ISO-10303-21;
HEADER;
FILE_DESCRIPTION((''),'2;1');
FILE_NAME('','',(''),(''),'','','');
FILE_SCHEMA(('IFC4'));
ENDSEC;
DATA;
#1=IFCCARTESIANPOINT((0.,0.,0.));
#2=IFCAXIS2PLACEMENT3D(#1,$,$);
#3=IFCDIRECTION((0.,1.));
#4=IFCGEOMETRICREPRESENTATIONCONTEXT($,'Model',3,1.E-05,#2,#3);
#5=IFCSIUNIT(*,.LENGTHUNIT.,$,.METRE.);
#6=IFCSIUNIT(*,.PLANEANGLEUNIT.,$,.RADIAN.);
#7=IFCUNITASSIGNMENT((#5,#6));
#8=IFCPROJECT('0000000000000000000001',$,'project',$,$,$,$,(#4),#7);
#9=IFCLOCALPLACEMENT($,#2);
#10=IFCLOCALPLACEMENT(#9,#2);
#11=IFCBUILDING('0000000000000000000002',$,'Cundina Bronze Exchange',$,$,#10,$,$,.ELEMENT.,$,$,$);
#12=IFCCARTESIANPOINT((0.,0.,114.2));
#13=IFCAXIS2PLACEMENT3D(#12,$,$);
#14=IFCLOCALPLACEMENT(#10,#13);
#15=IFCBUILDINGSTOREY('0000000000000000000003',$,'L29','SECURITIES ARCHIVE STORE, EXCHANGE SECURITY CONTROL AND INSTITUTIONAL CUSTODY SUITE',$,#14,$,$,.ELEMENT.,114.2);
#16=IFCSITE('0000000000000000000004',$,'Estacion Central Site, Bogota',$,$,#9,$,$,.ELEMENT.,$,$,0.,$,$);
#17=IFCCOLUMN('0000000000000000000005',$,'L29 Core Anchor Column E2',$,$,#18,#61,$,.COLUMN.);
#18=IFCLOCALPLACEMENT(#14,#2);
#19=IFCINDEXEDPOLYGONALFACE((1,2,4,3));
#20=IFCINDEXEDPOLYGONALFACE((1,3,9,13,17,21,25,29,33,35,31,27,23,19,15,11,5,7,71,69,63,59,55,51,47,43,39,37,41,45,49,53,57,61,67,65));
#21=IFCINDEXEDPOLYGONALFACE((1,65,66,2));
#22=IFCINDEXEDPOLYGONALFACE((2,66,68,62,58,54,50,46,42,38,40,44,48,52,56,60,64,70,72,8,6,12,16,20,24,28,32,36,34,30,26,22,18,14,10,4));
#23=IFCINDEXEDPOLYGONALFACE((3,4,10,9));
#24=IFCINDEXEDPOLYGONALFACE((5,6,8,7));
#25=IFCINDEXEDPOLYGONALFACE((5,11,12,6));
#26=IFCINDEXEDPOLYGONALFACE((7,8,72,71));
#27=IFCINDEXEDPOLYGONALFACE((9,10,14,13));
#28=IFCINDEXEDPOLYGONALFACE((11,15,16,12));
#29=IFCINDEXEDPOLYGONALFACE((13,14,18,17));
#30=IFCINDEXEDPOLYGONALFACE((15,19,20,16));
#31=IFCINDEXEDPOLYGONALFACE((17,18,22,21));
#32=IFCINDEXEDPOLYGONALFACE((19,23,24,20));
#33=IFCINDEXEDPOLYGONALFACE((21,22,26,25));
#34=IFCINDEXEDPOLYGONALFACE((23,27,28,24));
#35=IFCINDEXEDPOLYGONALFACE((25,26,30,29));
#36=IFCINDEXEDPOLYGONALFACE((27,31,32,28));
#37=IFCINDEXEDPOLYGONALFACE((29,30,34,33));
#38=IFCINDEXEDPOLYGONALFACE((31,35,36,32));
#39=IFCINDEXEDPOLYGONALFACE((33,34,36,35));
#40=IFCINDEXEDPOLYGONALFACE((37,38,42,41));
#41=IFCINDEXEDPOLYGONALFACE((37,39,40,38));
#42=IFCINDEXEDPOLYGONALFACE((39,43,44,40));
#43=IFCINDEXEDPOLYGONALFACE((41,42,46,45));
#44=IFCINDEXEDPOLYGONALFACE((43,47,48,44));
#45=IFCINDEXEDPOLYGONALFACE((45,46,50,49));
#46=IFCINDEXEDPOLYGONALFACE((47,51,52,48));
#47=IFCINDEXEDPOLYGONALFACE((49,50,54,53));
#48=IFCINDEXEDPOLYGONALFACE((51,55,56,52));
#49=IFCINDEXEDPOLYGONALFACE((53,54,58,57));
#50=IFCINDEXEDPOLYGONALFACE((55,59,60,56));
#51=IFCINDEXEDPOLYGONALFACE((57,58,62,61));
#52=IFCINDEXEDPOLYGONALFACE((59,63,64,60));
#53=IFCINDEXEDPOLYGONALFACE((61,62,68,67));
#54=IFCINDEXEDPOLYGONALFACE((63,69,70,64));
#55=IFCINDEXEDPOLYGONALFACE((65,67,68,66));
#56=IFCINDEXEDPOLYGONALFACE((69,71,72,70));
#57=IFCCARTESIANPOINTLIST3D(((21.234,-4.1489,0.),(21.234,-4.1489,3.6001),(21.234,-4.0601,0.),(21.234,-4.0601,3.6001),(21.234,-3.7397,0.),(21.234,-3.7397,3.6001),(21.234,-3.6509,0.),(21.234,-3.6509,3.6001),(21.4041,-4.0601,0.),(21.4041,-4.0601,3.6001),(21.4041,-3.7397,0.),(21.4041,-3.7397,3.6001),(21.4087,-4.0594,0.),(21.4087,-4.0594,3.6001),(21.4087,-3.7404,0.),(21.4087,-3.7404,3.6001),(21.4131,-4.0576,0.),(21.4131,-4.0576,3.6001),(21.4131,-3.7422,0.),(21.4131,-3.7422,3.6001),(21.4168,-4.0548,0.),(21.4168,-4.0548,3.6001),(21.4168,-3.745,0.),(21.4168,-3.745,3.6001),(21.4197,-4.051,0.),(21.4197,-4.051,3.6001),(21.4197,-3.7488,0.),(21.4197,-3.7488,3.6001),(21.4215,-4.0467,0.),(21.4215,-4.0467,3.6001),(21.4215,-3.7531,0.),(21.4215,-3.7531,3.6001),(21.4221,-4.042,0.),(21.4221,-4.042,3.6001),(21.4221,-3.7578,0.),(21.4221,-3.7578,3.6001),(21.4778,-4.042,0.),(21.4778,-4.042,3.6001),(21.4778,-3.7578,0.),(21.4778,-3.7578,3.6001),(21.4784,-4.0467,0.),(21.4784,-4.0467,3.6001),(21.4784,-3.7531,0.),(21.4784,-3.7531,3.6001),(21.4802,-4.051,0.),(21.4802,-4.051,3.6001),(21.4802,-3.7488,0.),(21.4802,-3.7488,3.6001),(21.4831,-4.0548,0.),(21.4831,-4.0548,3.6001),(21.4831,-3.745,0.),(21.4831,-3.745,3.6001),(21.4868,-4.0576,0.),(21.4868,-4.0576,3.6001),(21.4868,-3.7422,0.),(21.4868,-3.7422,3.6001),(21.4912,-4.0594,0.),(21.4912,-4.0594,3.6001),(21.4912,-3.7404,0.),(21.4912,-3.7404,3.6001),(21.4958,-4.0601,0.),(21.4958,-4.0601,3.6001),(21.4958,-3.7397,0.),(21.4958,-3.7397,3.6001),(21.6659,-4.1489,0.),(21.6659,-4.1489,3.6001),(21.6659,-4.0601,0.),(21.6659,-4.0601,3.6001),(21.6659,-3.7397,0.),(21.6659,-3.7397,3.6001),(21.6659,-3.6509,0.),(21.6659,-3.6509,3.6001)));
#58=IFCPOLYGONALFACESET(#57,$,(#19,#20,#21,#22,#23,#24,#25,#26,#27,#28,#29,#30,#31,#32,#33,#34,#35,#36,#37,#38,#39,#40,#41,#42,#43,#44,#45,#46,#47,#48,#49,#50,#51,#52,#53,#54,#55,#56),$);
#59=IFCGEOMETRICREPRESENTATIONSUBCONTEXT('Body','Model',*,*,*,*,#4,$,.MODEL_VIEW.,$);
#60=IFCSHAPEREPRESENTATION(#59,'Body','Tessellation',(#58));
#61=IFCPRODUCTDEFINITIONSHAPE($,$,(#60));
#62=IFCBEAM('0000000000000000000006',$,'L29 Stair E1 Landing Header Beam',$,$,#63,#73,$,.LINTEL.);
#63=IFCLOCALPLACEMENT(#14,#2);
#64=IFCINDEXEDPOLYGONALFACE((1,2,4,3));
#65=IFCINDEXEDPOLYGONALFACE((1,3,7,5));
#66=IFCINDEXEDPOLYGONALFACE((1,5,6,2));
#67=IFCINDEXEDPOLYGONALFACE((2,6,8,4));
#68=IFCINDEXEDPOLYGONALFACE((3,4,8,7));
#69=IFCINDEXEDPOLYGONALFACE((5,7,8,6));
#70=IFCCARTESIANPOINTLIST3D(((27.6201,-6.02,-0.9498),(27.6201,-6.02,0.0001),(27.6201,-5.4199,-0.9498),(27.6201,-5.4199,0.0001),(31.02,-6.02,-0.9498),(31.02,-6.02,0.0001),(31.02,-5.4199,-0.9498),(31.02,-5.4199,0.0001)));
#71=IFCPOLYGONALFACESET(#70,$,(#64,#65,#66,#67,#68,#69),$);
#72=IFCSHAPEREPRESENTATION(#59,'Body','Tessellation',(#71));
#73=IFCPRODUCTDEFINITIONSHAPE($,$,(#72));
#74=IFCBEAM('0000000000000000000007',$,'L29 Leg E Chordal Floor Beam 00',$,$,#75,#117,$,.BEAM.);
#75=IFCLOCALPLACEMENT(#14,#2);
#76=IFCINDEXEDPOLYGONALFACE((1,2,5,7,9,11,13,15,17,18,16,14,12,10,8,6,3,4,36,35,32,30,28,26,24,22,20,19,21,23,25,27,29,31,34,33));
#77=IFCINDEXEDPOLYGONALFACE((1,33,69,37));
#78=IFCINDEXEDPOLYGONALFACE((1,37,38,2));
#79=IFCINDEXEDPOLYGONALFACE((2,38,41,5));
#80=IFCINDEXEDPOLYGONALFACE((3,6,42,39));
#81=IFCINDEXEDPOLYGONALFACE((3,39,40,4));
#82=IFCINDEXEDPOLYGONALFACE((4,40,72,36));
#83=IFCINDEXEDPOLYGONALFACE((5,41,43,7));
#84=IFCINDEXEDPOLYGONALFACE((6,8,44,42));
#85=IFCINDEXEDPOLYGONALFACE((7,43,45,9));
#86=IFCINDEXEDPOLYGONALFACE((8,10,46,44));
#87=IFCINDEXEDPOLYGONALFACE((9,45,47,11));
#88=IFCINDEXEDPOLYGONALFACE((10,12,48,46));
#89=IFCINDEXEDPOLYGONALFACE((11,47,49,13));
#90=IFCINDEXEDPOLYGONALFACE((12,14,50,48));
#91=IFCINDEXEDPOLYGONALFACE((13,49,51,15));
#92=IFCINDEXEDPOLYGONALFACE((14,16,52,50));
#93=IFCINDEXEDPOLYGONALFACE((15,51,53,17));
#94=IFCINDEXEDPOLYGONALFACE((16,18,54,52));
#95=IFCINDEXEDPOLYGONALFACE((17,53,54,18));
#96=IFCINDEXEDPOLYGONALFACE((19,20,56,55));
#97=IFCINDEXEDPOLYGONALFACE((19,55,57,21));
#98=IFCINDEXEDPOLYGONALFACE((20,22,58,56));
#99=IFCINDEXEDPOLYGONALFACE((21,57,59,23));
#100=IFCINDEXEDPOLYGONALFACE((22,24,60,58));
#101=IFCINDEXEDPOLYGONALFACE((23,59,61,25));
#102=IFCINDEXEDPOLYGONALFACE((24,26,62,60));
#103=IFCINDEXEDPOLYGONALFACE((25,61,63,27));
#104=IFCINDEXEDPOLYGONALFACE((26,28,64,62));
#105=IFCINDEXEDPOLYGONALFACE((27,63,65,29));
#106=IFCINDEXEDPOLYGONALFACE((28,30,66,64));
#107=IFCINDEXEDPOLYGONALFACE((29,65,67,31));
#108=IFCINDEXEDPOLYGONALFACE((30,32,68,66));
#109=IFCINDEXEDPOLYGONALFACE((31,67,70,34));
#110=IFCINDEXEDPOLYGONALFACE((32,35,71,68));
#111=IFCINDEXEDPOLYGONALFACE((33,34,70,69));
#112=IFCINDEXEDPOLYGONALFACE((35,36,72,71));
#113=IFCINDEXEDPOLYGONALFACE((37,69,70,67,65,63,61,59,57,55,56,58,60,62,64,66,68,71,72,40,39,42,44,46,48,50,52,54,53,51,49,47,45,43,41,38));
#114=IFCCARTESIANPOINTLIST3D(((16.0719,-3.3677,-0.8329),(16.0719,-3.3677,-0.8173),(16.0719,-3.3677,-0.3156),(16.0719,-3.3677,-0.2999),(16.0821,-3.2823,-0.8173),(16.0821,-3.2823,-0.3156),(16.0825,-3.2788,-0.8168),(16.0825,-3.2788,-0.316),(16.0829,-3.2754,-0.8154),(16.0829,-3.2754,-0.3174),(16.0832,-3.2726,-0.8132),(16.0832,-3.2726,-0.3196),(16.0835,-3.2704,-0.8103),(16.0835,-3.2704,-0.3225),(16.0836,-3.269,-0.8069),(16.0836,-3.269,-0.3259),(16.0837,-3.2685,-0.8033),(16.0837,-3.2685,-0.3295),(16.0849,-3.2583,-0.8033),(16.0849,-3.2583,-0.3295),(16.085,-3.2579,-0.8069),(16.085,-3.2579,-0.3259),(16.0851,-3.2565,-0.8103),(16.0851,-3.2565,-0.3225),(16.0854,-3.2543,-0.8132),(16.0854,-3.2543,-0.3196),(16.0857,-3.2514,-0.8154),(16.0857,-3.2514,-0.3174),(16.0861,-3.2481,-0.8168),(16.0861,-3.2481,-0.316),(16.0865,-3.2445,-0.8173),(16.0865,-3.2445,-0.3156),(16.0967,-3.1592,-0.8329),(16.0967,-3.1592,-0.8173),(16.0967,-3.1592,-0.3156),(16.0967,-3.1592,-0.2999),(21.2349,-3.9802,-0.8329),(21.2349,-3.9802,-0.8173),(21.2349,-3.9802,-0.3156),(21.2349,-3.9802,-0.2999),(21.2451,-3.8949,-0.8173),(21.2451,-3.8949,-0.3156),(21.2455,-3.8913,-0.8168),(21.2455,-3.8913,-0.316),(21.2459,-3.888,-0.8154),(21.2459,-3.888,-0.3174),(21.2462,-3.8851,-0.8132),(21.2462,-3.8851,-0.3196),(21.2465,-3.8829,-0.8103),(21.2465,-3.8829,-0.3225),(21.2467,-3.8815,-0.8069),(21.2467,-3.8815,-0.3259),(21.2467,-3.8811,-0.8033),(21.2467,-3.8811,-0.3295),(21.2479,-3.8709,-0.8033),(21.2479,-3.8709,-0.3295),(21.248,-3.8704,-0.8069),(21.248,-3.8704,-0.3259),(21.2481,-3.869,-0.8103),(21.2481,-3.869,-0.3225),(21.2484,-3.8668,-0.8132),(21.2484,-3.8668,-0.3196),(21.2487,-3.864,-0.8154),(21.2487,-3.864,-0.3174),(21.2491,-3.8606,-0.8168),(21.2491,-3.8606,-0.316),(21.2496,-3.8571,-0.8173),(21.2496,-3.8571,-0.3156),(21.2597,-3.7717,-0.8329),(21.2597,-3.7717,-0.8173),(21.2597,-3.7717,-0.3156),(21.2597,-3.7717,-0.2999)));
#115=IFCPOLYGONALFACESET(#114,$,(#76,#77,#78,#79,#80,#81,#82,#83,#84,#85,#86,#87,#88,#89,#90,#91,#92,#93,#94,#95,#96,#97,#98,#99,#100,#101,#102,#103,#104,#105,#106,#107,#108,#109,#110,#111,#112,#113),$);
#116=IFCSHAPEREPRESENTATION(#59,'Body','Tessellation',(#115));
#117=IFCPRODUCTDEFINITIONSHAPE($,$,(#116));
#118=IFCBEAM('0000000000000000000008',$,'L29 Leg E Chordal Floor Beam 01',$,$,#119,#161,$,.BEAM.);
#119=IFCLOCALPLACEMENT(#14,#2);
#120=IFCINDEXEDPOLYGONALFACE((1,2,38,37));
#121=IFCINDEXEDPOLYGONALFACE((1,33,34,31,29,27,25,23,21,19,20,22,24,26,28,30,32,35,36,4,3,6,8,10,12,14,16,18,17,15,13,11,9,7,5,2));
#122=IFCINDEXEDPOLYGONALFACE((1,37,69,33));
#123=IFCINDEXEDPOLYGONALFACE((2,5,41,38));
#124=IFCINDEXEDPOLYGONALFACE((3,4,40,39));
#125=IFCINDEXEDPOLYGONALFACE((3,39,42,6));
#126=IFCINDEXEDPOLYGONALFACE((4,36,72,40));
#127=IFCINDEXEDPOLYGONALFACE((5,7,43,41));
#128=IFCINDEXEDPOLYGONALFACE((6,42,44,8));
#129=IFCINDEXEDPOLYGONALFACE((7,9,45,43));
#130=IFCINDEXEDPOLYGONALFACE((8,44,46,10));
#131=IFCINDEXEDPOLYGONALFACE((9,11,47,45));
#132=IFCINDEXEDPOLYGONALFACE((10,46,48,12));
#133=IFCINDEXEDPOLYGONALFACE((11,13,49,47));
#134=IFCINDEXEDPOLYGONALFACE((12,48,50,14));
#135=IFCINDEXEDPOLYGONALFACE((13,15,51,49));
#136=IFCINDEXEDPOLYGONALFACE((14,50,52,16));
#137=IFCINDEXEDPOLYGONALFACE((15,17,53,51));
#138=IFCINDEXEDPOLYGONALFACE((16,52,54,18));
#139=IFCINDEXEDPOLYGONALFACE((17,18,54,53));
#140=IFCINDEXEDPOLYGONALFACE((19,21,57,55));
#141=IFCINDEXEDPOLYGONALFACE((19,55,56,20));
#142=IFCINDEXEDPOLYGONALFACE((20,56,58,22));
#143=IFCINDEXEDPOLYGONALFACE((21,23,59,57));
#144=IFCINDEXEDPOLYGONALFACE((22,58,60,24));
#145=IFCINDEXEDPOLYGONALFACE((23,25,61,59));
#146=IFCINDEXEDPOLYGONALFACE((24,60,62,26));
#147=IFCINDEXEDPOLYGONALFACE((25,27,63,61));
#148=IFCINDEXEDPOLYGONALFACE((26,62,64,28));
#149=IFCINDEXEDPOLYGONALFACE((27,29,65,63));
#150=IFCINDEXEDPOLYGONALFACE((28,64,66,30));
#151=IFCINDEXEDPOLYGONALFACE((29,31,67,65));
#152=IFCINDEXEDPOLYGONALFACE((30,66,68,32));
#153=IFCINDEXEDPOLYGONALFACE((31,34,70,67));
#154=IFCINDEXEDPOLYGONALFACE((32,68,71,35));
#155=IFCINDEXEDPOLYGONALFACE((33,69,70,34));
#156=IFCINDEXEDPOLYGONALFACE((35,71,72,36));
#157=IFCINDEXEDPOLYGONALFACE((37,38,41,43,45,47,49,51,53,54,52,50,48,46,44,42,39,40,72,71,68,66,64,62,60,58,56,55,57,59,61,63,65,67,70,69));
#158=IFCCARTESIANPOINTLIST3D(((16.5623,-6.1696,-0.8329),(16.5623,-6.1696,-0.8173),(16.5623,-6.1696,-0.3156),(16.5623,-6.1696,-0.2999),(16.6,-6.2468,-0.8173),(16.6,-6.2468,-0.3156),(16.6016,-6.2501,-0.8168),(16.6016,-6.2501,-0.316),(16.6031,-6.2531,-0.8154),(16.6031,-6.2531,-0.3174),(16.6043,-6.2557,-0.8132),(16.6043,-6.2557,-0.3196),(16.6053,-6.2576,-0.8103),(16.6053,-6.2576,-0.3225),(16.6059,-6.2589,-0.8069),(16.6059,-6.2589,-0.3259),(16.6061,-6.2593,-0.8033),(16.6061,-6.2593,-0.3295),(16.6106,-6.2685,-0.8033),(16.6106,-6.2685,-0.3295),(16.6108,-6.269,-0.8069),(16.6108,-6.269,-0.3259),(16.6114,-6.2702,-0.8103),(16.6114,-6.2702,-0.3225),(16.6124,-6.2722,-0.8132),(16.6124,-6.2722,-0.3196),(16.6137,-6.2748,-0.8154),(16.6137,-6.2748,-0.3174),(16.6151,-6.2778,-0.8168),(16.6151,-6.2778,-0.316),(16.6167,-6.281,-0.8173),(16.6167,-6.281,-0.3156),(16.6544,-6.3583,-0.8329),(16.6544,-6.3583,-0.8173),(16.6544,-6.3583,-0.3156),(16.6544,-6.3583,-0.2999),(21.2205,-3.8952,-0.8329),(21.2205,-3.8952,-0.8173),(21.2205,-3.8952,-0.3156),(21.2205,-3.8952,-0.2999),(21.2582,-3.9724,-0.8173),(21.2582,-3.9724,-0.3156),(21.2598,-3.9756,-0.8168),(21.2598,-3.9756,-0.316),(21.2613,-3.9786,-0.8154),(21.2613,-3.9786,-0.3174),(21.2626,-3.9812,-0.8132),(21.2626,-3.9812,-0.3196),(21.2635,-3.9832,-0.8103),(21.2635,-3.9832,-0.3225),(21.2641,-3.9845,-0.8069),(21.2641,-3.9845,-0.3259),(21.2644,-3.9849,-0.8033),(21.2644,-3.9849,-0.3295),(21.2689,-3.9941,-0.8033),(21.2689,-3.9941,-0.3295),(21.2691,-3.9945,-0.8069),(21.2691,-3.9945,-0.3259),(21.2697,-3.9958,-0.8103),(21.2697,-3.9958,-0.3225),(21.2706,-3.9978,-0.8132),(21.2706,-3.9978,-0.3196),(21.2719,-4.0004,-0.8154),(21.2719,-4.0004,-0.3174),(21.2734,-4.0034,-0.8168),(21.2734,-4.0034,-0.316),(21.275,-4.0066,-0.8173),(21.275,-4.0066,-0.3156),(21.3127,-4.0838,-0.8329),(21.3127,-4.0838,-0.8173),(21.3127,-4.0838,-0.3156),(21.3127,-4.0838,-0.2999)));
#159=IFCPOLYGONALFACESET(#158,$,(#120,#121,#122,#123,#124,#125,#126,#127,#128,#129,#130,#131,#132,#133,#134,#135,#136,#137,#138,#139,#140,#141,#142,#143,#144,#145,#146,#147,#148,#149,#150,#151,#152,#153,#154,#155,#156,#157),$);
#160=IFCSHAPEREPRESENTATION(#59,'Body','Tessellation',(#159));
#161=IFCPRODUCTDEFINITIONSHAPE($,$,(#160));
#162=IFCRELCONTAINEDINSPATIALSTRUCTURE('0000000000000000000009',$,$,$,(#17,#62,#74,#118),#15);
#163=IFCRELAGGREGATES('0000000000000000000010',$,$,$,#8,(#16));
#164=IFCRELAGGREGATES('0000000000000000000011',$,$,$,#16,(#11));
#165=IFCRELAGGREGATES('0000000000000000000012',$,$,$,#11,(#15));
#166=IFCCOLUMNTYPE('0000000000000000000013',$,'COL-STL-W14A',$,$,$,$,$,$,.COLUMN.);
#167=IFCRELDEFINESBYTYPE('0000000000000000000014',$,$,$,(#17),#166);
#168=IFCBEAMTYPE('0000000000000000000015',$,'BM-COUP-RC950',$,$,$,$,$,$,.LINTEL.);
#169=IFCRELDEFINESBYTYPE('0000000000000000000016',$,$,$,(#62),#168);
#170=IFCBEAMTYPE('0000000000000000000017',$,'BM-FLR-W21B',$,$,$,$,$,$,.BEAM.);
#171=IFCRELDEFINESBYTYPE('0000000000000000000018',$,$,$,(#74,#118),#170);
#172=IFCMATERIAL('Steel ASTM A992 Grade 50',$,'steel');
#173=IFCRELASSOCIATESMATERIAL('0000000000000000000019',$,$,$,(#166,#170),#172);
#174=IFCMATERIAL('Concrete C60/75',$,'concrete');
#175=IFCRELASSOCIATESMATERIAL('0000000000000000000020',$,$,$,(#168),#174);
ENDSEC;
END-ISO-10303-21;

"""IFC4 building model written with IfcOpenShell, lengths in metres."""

from ifc_helpers import new_model, si_unit, direction, frame, origin, origin_2d, place, context, subcontext, project, spatial, rectangle, i_section, extrude, material, material_profile, profile_set, type_object, element, save


model = new_model("IFC4")

# Units and contexts
model_context = context("Model", 3, precision=1e-05, world=origin(), true_north=direction((0.0, 1.0)))
body_context = subcontext(model_context, "Body", "Model", "MODEL_VIEW")
ifc_project = project(units=[si_unit("LENGTHUNIT", "METRE"), si_unit("PLANEANGLEUNIT", "RADIAN")], contexts=[model_context])

# Site, building, storey
site_placement = place(None, origin())
site = spatial("IfcSite", under=ifc_project, at=site_placement, Name="Estacion Central Site, Bogota", CompositionType="ELEMENT", RefElevation=0.0)
building_placement = place(site_placement, origin())
building = spatial("IfcBuilding", under=site, at=building_placement, Name="Cundina Bronze Exchange", CompositionType="ELEMENT")
storey_placement = place(building_placement, frame((0.0, 0.0, 114.2)))
storey = spatial("IfcBuildingStorey", under=building, at=storey_placement, Name="L29", Description="SECURITIES ARCHIVE STORE, EXCHANGE SECURITY CONTROL AND INSTITUTIONAL CUSTODY SUITE", CompositionType="ELEMENT", Elevation=114.2)

# Column
ifc_material_1 = material(Name="Steel ASTM A992 Grade 50", Category="steel")
ifc_material_profile_1 = material_profile(ifc_material_1, i_section(OverallWidth=0.4319, OverallDepth=0.498, WebThickness=0.0557, FlangeThickness=0.0889, FilletRadius=0.0181, at=origin_2d()), Name="W14X500", Category="steel")
ifc_profile_set_1 = profile_set([ifc_material_profile_1], Name="Steel ASTM A992 Grade 50")
column_type = type_object("IfcColumnType", Name="COL-STL-W14A", PredefinedType="COLUMN", material=ifc_profile_set_1)
column_placement = place(storey_placement, frame((21.45, -3.8999, 0.0), z_axis=(0.0, 0.0, 1.0), x_axis=(1.0, 0.0, 0.0)))
element("IfcColumn", 1, at=column_placement, inside=storey, type_object=column_type, Name="L29 Core Anchor Column E2", PredefinedType="COLUMN", context=body_context, shape_type="SweptSolid", body=[
    extrude(i_section(OverallWidth=0.4319, OverallDepth=0.498, WebThickness=0.0557, FlangeThickness=0.0889, FilletRadius=0.0181, at=origin_2d()), origin(), (0.0, 0.0, 1.0), 3.6001),
])

# Beams
ifc_material_2 = material(Name="Concrete C60/75", Category="concrete")
ifc_material_profile_2 = material_profile(ifc_material_2, rectangle(XDim=0.6001, YDim=0.95, at=origin_2d()), Name="RC600X950", Category="concrete")
ifc_profile_set_2 = profile_set([ifc_material_profile_2], Name="Concrete C60/75")
beam_type_1 = type_object("IfcBeamType", Name="BM-COUP-RC950", PredefinedType="LINTEL", material=ifc_profile_set_2)
beam_1_placement = place(storey_placement, frame((27.6201, -5.72, -0.4749), z_axis=(1.0, 0.0, 0.0), x_axis=(0.0, 1.0, 0.0)))
element("IfcBeam", 2, at=beam_1_placement, inside=storey, type_object=beam_type_1, Name="L29 Stair E1 Landing Header Beam", PredefinedType="LINTEL", context=body_context, shape_type="SweptSolid", body=[
    extrude(rectangle(XDim=0.6001, YDim=0.95, at=origin_2d()), origin(), (0.0, 0.0, 1.0), 3.3999),
])
ifc_material_profile_3 = material_profile(ifc_material_1, i_section(OverallWidth=0.21, OverallDepth=0.533, WebThickness=0.0103, FlangeThickness=0.0156, FilletRadius=0.0139, at=origin_2d()), Name="W21X62", Category="steel")
ifc_profile_set_3 = profile_set([ifc_material_profile_3], Name="Steel ASTM A992 Grade 50")
beam_type_2 = type_object("IfcBeamType", Name="BM-FLR-W21B", PredefinedType="BEAM", material=ifc_profile_set_3)
beam_2_placement = place(storey_placement, frame((21.2473, -3.876, -0.5664), z_axis=(-0.993036, 0.117814, 0.0), x_axis=(-0.117814, -0.993036, 0.0)))
element("IfcBeam", 3, at=beam_2_placement, inside=storey, type_object=beam_type_2, Name="L29 Leg E Chordal Floor Beam 00", PredefinedType="BEAM", context=body_context, shape_type="SweptSolid", body=[
    extrude(i_section(OverallWidth=0.21, OverallDepth=0.533, WebThickness=0.0103, FlangeThickness=0.0156, FilletRadius=0.0139, at=origin_2d()), origin(), (0.0, 0.0, 1.0), 5.1992),
])
beam_3_placement = place(storey_placement, frame((21.2666, -3.9895, -0.5664), z_axis=(-0.898607, -0.438754, 0.0), x_axis=(0.438754, -0.898607, 0.0)))
element("IfcBeam", 4, at=beam_3_placement, inside=storey, type_object=beam_type_2, Name="L29 Leg E Chordal Floor Beam 01", PredefinedType="BEAM", context=body_context, shape_type="SweptSolid", body=[
    extrude(i_section(OverallWidth=0.21, OverallDepth=0.533, WebThickness=0.0103, FlangeThickness=0.0156, FilletRadius=0.0139, at=origin_2d()), origin(), (0.0, 0.0, 1.0), 5.1838),
])

save(model, "model.ifc")
